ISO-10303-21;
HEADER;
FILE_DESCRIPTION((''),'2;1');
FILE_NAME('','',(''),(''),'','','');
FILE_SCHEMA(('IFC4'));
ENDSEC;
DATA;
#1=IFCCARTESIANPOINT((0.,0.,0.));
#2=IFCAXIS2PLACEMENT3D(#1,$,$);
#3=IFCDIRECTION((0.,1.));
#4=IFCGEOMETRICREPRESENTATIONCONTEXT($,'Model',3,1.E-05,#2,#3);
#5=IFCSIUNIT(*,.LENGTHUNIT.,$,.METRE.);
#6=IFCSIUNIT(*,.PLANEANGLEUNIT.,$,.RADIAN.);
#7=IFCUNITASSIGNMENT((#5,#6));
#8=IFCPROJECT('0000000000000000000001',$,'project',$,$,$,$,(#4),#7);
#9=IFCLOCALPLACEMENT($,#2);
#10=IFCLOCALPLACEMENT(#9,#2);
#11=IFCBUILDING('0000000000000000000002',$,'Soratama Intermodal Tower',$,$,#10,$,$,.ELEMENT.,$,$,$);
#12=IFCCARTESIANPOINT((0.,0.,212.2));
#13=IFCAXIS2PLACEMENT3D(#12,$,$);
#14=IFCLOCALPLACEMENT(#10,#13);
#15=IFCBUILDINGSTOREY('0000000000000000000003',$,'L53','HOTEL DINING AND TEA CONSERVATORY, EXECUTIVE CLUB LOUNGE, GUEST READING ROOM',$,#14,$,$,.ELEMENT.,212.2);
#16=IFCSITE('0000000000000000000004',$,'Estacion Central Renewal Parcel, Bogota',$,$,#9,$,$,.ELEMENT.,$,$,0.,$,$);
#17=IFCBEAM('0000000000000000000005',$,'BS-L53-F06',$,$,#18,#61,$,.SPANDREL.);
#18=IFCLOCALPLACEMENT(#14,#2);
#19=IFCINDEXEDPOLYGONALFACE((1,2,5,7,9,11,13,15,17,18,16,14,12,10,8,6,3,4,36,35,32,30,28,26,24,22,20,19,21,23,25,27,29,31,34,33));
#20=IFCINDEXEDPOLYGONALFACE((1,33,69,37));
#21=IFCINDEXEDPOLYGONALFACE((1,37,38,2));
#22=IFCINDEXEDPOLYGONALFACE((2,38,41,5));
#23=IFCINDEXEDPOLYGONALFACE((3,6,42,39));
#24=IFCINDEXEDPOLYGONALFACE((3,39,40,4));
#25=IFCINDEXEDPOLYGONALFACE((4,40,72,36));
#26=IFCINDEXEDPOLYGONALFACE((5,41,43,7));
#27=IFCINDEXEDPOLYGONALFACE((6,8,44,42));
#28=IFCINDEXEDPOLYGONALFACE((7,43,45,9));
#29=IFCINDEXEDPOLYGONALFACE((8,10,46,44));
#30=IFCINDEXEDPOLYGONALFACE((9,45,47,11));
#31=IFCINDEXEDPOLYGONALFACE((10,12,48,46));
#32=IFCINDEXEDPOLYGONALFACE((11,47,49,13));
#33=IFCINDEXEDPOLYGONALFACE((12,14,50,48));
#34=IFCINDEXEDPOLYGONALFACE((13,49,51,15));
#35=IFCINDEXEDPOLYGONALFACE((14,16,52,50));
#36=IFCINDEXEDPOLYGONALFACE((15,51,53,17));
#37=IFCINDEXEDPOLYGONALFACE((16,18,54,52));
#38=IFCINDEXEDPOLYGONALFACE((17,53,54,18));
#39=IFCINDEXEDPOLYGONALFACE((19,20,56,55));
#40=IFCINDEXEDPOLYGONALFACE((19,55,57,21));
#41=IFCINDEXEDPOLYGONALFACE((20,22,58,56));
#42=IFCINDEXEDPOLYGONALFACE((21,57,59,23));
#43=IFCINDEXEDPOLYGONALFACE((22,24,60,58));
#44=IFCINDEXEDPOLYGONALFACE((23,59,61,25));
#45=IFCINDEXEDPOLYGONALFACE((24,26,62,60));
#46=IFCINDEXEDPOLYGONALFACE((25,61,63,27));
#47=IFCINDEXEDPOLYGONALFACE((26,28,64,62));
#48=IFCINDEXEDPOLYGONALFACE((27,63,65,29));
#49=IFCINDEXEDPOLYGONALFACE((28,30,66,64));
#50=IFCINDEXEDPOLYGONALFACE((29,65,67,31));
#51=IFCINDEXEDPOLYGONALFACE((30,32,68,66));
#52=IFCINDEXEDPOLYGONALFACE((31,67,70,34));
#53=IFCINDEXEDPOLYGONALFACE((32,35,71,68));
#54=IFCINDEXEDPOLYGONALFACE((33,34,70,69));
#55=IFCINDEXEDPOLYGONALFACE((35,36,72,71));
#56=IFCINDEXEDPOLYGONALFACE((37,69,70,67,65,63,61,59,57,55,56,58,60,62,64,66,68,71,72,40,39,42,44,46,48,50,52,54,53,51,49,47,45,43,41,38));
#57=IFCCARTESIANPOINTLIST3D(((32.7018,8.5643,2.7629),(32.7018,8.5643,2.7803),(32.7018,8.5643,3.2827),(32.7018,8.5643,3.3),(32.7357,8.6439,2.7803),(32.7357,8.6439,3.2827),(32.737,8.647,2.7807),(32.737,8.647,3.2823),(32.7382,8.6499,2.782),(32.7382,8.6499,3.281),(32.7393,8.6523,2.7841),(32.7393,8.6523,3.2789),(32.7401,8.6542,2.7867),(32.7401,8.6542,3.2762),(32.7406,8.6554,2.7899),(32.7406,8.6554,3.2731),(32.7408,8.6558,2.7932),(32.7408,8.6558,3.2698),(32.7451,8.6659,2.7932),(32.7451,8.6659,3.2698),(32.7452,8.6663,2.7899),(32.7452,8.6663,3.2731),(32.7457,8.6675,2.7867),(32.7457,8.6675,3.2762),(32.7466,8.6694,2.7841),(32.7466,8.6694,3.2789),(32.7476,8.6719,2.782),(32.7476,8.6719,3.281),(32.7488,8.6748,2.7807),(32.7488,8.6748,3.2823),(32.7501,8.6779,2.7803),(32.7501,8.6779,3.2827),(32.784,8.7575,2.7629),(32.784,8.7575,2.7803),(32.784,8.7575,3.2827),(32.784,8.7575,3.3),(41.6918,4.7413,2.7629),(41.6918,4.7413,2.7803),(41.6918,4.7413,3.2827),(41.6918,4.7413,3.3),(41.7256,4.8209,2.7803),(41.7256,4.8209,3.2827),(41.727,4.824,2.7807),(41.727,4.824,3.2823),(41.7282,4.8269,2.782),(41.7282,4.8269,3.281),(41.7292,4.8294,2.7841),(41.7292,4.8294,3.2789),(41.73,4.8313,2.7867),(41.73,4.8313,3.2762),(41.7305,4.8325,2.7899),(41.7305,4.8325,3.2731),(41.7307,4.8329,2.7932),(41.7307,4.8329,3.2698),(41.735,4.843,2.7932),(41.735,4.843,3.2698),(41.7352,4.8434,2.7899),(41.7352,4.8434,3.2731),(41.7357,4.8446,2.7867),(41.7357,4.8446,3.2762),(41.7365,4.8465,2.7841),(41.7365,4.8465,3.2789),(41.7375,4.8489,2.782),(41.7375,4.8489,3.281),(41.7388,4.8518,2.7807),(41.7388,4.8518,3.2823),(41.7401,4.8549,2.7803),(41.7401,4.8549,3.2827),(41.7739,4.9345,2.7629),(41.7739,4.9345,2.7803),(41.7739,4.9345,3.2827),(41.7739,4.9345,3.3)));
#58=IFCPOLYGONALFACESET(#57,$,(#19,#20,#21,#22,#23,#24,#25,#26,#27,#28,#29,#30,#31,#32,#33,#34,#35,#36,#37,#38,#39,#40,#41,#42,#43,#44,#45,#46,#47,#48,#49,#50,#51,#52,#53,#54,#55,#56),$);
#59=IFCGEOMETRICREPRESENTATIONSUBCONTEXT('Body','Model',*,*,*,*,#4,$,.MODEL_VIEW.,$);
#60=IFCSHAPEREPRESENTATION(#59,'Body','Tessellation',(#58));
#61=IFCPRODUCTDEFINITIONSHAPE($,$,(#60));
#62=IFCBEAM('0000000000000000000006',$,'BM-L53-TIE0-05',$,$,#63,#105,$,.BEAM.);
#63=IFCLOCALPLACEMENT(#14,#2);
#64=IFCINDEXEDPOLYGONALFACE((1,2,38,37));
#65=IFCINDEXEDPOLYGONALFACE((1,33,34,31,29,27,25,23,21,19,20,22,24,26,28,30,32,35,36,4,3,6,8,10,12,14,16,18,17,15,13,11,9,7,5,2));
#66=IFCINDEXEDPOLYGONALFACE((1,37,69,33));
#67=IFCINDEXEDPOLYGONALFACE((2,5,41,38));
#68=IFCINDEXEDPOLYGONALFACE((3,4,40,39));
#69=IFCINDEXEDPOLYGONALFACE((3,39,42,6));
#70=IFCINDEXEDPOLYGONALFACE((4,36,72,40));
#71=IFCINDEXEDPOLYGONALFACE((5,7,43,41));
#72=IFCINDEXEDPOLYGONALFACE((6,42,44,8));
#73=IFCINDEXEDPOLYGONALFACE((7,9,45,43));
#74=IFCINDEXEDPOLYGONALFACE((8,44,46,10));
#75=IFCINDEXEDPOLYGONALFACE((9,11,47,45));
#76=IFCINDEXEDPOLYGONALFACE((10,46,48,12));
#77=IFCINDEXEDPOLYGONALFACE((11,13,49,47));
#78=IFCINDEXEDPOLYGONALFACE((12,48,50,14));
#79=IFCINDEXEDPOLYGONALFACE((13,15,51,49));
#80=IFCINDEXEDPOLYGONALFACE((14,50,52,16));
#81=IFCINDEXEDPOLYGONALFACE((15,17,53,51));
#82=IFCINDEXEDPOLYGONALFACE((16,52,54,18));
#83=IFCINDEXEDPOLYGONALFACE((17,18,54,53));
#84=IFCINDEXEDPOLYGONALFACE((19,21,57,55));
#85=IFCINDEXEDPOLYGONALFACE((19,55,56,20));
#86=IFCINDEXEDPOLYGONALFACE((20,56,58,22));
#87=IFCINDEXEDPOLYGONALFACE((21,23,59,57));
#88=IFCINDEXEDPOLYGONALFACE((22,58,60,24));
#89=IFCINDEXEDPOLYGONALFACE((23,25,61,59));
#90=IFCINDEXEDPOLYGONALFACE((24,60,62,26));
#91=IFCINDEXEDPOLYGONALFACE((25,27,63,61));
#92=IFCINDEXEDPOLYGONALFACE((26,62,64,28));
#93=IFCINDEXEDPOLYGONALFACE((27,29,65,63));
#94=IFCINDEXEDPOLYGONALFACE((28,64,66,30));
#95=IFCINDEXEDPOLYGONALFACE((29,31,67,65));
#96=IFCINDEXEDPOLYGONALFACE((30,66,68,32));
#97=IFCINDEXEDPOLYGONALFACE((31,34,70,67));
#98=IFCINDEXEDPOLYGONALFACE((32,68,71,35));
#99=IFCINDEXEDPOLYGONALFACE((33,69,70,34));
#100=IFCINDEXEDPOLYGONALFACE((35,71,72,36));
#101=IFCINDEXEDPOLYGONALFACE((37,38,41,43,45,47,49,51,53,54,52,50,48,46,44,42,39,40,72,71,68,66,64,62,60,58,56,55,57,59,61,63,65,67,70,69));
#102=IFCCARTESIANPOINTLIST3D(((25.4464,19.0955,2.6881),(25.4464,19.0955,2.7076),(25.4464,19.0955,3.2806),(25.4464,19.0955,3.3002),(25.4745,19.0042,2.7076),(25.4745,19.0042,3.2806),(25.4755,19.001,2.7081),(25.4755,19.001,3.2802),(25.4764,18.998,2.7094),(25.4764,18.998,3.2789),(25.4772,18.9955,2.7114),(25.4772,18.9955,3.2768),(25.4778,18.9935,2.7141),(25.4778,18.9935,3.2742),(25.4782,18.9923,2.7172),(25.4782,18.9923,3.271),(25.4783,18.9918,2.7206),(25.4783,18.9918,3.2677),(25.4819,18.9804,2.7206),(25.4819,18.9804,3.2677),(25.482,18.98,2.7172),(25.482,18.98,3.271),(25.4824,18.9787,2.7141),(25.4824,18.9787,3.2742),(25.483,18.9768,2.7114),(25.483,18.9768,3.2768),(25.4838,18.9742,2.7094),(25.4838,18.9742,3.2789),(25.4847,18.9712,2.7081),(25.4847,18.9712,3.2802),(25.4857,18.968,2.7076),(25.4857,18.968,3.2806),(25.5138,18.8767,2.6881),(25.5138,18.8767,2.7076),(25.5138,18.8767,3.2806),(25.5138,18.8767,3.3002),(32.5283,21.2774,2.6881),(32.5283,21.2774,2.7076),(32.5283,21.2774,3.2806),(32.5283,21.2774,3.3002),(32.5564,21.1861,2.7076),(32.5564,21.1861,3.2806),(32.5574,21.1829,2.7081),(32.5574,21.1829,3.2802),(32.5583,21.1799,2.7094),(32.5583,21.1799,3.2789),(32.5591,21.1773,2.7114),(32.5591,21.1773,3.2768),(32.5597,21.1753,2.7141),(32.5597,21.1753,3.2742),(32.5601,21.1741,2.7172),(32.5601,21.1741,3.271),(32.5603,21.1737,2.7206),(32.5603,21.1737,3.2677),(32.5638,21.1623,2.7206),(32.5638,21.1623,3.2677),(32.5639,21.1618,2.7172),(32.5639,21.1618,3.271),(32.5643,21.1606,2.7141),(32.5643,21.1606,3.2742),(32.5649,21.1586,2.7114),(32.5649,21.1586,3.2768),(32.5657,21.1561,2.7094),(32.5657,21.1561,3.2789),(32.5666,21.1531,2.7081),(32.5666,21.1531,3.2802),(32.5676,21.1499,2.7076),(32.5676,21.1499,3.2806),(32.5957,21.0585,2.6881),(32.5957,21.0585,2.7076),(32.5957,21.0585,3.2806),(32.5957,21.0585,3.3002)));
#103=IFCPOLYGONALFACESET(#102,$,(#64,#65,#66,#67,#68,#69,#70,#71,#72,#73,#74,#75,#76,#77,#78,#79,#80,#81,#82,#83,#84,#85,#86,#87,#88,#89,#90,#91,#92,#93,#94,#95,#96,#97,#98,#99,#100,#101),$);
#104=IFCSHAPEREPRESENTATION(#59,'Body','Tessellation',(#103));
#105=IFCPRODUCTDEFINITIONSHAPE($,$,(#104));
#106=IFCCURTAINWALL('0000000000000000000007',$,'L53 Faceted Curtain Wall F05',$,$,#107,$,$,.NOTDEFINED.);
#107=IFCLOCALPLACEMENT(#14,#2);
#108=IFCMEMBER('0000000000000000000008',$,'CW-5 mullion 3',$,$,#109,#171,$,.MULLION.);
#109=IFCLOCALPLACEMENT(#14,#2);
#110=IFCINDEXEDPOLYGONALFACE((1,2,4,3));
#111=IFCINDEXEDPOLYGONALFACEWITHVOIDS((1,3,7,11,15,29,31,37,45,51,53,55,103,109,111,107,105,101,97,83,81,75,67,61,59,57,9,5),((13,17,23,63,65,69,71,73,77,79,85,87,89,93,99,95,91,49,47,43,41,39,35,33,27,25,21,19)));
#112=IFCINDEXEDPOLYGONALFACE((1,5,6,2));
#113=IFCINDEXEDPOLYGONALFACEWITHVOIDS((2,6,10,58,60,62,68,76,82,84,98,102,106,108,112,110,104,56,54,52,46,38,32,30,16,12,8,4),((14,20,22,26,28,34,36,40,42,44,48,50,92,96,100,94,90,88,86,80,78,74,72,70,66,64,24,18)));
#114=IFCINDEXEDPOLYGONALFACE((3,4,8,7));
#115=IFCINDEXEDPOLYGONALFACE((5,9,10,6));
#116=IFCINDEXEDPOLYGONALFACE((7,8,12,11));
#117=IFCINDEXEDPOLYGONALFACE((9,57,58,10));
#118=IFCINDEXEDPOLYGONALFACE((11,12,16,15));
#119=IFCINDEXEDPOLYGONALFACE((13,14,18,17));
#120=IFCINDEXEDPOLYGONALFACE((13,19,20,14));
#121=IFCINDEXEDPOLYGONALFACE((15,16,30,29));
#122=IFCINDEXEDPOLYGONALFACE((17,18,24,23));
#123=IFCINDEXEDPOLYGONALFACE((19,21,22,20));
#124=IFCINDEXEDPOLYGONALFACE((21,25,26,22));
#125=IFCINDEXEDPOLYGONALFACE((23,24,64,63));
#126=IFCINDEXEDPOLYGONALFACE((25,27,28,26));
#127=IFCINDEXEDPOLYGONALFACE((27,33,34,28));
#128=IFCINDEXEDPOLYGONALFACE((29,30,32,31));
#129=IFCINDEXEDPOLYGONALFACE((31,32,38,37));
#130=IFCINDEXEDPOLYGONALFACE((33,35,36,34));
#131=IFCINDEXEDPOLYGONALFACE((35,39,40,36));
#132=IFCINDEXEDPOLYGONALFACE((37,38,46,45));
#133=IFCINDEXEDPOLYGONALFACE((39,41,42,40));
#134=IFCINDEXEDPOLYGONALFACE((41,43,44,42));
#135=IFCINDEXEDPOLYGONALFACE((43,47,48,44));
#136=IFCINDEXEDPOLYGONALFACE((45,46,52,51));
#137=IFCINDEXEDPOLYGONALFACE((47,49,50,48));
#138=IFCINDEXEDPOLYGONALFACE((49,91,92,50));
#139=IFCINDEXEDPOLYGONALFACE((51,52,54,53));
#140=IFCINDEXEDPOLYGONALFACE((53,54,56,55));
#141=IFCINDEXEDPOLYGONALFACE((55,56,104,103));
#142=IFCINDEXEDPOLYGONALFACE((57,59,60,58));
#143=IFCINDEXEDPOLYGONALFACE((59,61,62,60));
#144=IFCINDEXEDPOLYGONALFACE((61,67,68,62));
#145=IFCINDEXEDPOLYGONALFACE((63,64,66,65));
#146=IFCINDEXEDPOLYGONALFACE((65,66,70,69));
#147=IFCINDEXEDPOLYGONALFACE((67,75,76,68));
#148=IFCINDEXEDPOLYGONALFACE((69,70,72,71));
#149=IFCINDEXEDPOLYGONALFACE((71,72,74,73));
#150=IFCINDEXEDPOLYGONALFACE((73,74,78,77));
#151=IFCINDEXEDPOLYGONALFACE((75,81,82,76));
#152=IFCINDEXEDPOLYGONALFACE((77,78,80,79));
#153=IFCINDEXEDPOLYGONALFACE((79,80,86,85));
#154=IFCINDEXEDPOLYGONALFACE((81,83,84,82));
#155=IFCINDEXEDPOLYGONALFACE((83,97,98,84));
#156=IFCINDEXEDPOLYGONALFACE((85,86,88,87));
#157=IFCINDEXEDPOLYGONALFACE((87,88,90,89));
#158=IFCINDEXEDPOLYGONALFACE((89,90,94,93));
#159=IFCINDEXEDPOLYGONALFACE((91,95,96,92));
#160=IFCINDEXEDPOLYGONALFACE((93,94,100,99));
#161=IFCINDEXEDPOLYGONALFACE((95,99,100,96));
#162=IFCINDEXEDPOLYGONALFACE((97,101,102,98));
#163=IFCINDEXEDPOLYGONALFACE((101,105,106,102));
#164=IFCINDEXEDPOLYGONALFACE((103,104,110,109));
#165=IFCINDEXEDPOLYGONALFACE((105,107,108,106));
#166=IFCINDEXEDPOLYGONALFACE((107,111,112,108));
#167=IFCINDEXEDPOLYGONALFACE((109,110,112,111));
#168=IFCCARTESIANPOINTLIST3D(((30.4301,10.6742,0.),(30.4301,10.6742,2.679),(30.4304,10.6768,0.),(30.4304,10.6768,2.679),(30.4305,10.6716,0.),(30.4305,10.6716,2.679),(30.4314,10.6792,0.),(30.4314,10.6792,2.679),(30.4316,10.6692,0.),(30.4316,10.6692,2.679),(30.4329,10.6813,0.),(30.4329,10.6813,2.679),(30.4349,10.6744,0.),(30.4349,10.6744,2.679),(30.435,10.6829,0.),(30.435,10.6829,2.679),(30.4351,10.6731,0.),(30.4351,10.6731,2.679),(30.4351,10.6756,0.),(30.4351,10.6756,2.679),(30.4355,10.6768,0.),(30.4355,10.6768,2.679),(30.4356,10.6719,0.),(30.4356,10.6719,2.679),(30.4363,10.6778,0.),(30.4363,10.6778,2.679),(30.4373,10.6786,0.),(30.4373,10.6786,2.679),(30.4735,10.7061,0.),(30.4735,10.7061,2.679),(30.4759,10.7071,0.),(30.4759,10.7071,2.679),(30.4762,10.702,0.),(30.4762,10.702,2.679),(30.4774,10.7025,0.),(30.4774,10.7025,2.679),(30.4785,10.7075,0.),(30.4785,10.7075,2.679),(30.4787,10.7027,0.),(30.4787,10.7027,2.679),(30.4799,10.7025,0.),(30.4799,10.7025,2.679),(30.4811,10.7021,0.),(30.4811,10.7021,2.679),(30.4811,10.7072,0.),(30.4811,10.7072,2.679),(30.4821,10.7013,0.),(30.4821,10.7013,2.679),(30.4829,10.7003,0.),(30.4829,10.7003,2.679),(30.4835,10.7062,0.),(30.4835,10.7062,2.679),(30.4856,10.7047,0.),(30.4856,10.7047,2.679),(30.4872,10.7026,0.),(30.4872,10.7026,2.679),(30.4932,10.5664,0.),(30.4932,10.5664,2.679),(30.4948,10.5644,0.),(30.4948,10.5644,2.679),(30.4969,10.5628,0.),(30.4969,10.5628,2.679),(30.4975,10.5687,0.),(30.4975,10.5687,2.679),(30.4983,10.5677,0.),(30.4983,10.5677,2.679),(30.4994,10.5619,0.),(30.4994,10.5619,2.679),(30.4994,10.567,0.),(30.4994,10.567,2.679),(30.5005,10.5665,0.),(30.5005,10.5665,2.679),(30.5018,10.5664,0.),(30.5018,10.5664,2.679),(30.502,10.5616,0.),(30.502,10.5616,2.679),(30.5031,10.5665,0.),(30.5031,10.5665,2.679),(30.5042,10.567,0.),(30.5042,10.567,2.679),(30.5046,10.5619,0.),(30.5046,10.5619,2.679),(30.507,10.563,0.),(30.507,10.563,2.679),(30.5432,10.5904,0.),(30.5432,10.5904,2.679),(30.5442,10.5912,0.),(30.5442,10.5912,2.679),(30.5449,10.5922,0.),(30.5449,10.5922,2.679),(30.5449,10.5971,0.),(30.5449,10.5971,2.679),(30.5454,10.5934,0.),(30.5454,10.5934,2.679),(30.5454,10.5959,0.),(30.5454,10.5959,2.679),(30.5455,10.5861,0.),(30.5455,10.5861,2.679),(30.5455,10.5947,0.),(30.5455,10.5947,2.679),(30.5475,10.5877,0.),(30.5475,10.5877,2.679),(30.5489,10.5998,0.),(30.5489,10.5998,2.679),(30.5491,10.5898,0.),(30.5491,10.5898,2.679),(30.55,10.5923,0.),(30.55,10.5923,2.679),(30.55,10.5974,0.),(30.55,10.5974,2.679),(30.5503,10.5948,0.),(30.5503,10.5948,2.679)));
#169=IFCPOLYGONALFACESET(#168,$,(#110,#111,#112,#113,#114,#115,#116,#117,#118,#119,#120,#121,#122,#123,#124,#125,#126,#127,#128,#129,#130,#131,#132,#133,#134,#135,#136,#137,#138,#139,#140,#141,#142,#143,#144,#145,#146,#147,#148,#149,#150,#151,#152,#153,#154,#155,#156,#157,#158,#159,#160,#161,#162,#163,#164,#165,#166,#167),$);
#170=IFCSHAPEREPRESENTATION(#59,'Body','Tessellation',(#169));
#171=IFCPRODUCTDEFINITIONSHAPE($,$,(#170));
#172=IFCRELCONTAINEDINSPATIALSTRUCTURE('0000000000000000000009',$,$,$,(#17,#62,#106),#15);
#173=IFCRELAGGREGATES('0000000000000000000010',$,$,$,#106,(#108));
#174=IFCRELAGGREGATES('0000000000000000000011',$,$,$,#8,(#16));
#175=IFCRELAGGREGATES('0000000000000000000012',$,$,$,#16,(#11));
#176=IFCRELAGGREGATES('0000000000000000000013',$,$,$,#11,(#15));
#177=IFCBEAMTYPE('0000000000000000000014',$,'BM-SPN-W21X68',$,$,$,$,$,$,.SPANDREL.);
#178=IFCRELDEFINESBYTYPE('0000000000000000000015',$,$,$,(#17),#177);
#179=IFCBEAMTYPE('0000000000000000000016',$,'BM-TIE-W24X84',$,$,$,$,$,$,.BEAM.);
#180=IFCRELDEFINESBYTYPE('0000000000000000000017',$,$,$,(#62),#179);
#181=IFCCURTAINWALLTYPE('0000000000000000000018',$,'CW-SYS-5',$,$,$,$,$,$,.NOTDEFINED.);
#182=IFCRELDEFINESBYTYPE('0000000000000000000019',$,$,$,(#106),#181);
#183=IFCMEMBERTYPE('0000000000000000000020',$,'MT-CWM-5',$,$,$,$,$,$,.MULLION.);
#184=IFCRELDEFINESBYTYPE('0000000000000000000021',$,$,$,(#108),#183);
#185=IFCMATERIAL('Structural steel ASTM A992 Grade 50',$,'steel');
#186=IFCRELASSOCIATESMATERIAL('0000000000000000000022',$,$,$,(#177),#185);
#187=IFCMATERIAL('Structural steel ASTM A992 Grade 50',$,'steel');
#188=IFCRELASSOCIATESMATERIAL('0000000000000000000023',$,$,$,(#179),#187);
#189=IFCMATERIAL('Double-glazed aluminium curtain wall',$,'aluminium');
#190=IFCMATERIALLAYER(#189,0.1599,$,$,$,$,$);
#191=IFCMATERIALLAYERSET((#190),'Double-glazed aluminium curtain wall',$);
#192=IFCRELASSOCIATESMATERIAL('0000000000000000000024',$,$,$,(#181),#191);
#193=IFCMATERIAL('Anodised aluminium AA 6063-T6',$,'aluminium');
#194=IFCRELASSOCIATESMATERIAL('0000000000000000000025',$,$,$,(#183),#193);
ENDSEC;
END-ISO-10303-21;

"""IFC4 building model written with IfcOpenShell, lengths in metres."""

from ifc_helpers import new_model, si_unit, direction, frame, origin, origin_2d, place, context, subcontext, project, spatial, hollow_rectangle, i_section, extrude, material, layer, layer_set, material_profile, profile_set, type_object, element, aggregate, save


model = new_model("IFC4")

# Units and contexts
model_context = context("Model", 3, precision=1e-05, world=origin(), true_north=direction((0.0, 1.0)))
body_context = subcontext(model_context, "Body", "Model", "MODEL_VIEW")
ifc_project = project(units=[si_unit("LENGTHUNIT", "METRE"), si_unit("PLANEANGLEUNIT", "RADIAN")], contexts=[model_context])

# Site, building, storey
site_placement = place(None, origin())
site = spatial("IfcSite", under=ifc_project, at=site_placement, Name="Estacion Central Renewal Parcel, Bogota", CompositionType="ELEMENT", RefElevation=0.0)
building_placement = place(site_placement, origin())
building = spatial("IfcBuilding", under=site, at=building_placement, Name="Soratama Intermodal Tower", CompositionType="ELEMENT")
storey_placement = place(building_placement, frame((0.0, 0.0, 212.2)))
storey = spatial("IfcBuildingStorey", under=building, at=storey_placement, Name="L53", Description="HOTEL DINING AND TEA CONSERVATORY, EXECUTIVE CLUB LOUNGE, GUEST READING ROOM", CompositionType="ELEMENT", Elevation=212.2)

# Beams
ifc_material_1 = material(Name="Structural steel ASTM A992 Grade 50", Category="steel")
ifc_material_profile_1 = material_profile(ifc_material_1, i_section(OverallWidth=0.21, OverallDepth=0.5371, WebThickness=0.011, FlangeThickness=0.0173, FilletRadius=0.0129, at=origin_2d()), Name="W21X68")
ifc_profile_set_1 = profile_set([ifc_material_profile_1], Name="Structural steel ASTM A992 Grade 50")
beam_type_1 = type_object("IfcBeamType", Name="BM-SPN-W21X68", PredefinedType="SPANDREL", material=ifc_profile_set_1)
beam_1_placement = place(storey_placement, frame((32.7429, 8.6609, 3.0315), z_axis=(0.920248, -0.391336, 0.0), x_axis=(0.391336, 0.920248, 0.0)))
element("IfcBeam", 1, at=beam_1_placement, inside=storey, type_object=beam_type_1, Name="BS-L53-F06", PredefinedType="SPANDREL", context=body_context, shape_type="SweptSolid", body=[
    extrude(i_section(OverallWidth=0.21, OverallDepth=0.5371, WebThickness=0.011, FlangeThickness=0.0173, FilletRadius=0.0129, at=origin_2d()), origin(), (0.0, 0.0, 1.0), 9.769),
])
ifc_material_2 = material(Name="Structural steel ASTM A992 Grade 50", Category="steel")
ifc_material_profile_2 = material_profile(ifc_material_2, i_section(OverallWidth=0.229, OverallDepth=0.6121, WebThickness=0.012, FlangeThickness=0.0195, FilletRadius=0.0129, at=origin_2d()), Name="W24X84")
ifc_profile_set_2 = profile_set([ifc_material_profile_2], Name="Structural steel ASTM A992 Grade 50")
beam_type_2 = type_object("IfcBeamType", Name="BM-TIE-W24X84", PredefinedType="BEAM", material=ifc_profile_set_2)
beam_2_placement = place(storey_placement, frame((32.562, 21.168, 2.9941), z_axis=(-0.955673, -0.294431, 0.0), x_axis=(0.294431, -0.955673, 0.0)))
element("IfcBeam", 2, at=beam_2_placement, inside=storey, type_object=beam_type_2, Name="BM-L53-TIE0-05", PredefinedType="BEAM", context=body_context, shape_type="SweptSolid", body=[
    extrude(i_section(OverallWidth=0.229, OverallDepth=0.6121, WebThickness=0.012, FlangeThickness=0.0195, FilletRadius=0.0129, at=origin_2d()), origin(), (0.0, 0.0, 1.0), 7.4104),
])

# Curtain wall, member
ifc_material_3 = material(Name="Double-glazed aluminium curtain wall", Category="aluminium")
ifc_layer_1 = layer(ifc_material_3, 0.1599)
ifc_layer_set_1 = layer_set([ifc_layer_1], Name="Double-glazed aluminium curtain wall")
curtain_wall_type = type_object("IfcCurtainWallType", Name="CW-SYS-5", PredefinedType="NOTDEFINED", material=ifc_layer_set_1)
curtain_wall_placement = place(storey_placement, origin())
curtain_wall = element("IfcCurtainWall", 3, at=curtain_wall_placement, inside=storey, type_object=curtain_wall_type, Name="L53 Faceted Curtain Wall F05", PredefinedType="NOTDEFINED")
ifc_material_4 = material(Name="Anodised aluminium AA 6063-T6", Category="aluminium")
ifc_material_profile_3 = material_profile(ifc_material_4, hollow_rectangle(XDim=0.0649, YDim=0.1399, WallThickness=0.0049, InnerFilletRadius=0.0049, OuterFilletRadius=0.01, at=origin_2d()), Name="CWM140X65X5")
ifc_profile_set_3 = profile_set([ifc_material_profile_3], Name="Anodised aluminium AA 6063-T6")
member_type_1 = type_object("IfcMemberType", Name="MT-CWM-5", PredefinedType="MULLION", material=ifc_profile_set_3)
member_1_placement = place(storey_placement, frame((30.4902, 10.6345, 0.0), z_axis=(0.0, 0.0, 1.0), x_axis=(0.857527, 0.514439, 0.0)))
member_1 = element("IfcMember", 4, at=member_1_placement, type_object=member_type_1, Name="CW-5 mullion 3", PredefinedType="MULLION", context=body_context, shape_type="SweptSolid", body=[
    extrude(hollow_rectangle(XDim=0.0649, YDim=0.1399, WallThickness=0.0049, InnerFilletRadius=0.0049, OuterFilletRadius=0.01, at=origin_2d()), origin(), (0.0, 0.0, 1.0), 2.679),
])
aggregate(curtain_wall, [member_1])

save(model, "model.ifc")
